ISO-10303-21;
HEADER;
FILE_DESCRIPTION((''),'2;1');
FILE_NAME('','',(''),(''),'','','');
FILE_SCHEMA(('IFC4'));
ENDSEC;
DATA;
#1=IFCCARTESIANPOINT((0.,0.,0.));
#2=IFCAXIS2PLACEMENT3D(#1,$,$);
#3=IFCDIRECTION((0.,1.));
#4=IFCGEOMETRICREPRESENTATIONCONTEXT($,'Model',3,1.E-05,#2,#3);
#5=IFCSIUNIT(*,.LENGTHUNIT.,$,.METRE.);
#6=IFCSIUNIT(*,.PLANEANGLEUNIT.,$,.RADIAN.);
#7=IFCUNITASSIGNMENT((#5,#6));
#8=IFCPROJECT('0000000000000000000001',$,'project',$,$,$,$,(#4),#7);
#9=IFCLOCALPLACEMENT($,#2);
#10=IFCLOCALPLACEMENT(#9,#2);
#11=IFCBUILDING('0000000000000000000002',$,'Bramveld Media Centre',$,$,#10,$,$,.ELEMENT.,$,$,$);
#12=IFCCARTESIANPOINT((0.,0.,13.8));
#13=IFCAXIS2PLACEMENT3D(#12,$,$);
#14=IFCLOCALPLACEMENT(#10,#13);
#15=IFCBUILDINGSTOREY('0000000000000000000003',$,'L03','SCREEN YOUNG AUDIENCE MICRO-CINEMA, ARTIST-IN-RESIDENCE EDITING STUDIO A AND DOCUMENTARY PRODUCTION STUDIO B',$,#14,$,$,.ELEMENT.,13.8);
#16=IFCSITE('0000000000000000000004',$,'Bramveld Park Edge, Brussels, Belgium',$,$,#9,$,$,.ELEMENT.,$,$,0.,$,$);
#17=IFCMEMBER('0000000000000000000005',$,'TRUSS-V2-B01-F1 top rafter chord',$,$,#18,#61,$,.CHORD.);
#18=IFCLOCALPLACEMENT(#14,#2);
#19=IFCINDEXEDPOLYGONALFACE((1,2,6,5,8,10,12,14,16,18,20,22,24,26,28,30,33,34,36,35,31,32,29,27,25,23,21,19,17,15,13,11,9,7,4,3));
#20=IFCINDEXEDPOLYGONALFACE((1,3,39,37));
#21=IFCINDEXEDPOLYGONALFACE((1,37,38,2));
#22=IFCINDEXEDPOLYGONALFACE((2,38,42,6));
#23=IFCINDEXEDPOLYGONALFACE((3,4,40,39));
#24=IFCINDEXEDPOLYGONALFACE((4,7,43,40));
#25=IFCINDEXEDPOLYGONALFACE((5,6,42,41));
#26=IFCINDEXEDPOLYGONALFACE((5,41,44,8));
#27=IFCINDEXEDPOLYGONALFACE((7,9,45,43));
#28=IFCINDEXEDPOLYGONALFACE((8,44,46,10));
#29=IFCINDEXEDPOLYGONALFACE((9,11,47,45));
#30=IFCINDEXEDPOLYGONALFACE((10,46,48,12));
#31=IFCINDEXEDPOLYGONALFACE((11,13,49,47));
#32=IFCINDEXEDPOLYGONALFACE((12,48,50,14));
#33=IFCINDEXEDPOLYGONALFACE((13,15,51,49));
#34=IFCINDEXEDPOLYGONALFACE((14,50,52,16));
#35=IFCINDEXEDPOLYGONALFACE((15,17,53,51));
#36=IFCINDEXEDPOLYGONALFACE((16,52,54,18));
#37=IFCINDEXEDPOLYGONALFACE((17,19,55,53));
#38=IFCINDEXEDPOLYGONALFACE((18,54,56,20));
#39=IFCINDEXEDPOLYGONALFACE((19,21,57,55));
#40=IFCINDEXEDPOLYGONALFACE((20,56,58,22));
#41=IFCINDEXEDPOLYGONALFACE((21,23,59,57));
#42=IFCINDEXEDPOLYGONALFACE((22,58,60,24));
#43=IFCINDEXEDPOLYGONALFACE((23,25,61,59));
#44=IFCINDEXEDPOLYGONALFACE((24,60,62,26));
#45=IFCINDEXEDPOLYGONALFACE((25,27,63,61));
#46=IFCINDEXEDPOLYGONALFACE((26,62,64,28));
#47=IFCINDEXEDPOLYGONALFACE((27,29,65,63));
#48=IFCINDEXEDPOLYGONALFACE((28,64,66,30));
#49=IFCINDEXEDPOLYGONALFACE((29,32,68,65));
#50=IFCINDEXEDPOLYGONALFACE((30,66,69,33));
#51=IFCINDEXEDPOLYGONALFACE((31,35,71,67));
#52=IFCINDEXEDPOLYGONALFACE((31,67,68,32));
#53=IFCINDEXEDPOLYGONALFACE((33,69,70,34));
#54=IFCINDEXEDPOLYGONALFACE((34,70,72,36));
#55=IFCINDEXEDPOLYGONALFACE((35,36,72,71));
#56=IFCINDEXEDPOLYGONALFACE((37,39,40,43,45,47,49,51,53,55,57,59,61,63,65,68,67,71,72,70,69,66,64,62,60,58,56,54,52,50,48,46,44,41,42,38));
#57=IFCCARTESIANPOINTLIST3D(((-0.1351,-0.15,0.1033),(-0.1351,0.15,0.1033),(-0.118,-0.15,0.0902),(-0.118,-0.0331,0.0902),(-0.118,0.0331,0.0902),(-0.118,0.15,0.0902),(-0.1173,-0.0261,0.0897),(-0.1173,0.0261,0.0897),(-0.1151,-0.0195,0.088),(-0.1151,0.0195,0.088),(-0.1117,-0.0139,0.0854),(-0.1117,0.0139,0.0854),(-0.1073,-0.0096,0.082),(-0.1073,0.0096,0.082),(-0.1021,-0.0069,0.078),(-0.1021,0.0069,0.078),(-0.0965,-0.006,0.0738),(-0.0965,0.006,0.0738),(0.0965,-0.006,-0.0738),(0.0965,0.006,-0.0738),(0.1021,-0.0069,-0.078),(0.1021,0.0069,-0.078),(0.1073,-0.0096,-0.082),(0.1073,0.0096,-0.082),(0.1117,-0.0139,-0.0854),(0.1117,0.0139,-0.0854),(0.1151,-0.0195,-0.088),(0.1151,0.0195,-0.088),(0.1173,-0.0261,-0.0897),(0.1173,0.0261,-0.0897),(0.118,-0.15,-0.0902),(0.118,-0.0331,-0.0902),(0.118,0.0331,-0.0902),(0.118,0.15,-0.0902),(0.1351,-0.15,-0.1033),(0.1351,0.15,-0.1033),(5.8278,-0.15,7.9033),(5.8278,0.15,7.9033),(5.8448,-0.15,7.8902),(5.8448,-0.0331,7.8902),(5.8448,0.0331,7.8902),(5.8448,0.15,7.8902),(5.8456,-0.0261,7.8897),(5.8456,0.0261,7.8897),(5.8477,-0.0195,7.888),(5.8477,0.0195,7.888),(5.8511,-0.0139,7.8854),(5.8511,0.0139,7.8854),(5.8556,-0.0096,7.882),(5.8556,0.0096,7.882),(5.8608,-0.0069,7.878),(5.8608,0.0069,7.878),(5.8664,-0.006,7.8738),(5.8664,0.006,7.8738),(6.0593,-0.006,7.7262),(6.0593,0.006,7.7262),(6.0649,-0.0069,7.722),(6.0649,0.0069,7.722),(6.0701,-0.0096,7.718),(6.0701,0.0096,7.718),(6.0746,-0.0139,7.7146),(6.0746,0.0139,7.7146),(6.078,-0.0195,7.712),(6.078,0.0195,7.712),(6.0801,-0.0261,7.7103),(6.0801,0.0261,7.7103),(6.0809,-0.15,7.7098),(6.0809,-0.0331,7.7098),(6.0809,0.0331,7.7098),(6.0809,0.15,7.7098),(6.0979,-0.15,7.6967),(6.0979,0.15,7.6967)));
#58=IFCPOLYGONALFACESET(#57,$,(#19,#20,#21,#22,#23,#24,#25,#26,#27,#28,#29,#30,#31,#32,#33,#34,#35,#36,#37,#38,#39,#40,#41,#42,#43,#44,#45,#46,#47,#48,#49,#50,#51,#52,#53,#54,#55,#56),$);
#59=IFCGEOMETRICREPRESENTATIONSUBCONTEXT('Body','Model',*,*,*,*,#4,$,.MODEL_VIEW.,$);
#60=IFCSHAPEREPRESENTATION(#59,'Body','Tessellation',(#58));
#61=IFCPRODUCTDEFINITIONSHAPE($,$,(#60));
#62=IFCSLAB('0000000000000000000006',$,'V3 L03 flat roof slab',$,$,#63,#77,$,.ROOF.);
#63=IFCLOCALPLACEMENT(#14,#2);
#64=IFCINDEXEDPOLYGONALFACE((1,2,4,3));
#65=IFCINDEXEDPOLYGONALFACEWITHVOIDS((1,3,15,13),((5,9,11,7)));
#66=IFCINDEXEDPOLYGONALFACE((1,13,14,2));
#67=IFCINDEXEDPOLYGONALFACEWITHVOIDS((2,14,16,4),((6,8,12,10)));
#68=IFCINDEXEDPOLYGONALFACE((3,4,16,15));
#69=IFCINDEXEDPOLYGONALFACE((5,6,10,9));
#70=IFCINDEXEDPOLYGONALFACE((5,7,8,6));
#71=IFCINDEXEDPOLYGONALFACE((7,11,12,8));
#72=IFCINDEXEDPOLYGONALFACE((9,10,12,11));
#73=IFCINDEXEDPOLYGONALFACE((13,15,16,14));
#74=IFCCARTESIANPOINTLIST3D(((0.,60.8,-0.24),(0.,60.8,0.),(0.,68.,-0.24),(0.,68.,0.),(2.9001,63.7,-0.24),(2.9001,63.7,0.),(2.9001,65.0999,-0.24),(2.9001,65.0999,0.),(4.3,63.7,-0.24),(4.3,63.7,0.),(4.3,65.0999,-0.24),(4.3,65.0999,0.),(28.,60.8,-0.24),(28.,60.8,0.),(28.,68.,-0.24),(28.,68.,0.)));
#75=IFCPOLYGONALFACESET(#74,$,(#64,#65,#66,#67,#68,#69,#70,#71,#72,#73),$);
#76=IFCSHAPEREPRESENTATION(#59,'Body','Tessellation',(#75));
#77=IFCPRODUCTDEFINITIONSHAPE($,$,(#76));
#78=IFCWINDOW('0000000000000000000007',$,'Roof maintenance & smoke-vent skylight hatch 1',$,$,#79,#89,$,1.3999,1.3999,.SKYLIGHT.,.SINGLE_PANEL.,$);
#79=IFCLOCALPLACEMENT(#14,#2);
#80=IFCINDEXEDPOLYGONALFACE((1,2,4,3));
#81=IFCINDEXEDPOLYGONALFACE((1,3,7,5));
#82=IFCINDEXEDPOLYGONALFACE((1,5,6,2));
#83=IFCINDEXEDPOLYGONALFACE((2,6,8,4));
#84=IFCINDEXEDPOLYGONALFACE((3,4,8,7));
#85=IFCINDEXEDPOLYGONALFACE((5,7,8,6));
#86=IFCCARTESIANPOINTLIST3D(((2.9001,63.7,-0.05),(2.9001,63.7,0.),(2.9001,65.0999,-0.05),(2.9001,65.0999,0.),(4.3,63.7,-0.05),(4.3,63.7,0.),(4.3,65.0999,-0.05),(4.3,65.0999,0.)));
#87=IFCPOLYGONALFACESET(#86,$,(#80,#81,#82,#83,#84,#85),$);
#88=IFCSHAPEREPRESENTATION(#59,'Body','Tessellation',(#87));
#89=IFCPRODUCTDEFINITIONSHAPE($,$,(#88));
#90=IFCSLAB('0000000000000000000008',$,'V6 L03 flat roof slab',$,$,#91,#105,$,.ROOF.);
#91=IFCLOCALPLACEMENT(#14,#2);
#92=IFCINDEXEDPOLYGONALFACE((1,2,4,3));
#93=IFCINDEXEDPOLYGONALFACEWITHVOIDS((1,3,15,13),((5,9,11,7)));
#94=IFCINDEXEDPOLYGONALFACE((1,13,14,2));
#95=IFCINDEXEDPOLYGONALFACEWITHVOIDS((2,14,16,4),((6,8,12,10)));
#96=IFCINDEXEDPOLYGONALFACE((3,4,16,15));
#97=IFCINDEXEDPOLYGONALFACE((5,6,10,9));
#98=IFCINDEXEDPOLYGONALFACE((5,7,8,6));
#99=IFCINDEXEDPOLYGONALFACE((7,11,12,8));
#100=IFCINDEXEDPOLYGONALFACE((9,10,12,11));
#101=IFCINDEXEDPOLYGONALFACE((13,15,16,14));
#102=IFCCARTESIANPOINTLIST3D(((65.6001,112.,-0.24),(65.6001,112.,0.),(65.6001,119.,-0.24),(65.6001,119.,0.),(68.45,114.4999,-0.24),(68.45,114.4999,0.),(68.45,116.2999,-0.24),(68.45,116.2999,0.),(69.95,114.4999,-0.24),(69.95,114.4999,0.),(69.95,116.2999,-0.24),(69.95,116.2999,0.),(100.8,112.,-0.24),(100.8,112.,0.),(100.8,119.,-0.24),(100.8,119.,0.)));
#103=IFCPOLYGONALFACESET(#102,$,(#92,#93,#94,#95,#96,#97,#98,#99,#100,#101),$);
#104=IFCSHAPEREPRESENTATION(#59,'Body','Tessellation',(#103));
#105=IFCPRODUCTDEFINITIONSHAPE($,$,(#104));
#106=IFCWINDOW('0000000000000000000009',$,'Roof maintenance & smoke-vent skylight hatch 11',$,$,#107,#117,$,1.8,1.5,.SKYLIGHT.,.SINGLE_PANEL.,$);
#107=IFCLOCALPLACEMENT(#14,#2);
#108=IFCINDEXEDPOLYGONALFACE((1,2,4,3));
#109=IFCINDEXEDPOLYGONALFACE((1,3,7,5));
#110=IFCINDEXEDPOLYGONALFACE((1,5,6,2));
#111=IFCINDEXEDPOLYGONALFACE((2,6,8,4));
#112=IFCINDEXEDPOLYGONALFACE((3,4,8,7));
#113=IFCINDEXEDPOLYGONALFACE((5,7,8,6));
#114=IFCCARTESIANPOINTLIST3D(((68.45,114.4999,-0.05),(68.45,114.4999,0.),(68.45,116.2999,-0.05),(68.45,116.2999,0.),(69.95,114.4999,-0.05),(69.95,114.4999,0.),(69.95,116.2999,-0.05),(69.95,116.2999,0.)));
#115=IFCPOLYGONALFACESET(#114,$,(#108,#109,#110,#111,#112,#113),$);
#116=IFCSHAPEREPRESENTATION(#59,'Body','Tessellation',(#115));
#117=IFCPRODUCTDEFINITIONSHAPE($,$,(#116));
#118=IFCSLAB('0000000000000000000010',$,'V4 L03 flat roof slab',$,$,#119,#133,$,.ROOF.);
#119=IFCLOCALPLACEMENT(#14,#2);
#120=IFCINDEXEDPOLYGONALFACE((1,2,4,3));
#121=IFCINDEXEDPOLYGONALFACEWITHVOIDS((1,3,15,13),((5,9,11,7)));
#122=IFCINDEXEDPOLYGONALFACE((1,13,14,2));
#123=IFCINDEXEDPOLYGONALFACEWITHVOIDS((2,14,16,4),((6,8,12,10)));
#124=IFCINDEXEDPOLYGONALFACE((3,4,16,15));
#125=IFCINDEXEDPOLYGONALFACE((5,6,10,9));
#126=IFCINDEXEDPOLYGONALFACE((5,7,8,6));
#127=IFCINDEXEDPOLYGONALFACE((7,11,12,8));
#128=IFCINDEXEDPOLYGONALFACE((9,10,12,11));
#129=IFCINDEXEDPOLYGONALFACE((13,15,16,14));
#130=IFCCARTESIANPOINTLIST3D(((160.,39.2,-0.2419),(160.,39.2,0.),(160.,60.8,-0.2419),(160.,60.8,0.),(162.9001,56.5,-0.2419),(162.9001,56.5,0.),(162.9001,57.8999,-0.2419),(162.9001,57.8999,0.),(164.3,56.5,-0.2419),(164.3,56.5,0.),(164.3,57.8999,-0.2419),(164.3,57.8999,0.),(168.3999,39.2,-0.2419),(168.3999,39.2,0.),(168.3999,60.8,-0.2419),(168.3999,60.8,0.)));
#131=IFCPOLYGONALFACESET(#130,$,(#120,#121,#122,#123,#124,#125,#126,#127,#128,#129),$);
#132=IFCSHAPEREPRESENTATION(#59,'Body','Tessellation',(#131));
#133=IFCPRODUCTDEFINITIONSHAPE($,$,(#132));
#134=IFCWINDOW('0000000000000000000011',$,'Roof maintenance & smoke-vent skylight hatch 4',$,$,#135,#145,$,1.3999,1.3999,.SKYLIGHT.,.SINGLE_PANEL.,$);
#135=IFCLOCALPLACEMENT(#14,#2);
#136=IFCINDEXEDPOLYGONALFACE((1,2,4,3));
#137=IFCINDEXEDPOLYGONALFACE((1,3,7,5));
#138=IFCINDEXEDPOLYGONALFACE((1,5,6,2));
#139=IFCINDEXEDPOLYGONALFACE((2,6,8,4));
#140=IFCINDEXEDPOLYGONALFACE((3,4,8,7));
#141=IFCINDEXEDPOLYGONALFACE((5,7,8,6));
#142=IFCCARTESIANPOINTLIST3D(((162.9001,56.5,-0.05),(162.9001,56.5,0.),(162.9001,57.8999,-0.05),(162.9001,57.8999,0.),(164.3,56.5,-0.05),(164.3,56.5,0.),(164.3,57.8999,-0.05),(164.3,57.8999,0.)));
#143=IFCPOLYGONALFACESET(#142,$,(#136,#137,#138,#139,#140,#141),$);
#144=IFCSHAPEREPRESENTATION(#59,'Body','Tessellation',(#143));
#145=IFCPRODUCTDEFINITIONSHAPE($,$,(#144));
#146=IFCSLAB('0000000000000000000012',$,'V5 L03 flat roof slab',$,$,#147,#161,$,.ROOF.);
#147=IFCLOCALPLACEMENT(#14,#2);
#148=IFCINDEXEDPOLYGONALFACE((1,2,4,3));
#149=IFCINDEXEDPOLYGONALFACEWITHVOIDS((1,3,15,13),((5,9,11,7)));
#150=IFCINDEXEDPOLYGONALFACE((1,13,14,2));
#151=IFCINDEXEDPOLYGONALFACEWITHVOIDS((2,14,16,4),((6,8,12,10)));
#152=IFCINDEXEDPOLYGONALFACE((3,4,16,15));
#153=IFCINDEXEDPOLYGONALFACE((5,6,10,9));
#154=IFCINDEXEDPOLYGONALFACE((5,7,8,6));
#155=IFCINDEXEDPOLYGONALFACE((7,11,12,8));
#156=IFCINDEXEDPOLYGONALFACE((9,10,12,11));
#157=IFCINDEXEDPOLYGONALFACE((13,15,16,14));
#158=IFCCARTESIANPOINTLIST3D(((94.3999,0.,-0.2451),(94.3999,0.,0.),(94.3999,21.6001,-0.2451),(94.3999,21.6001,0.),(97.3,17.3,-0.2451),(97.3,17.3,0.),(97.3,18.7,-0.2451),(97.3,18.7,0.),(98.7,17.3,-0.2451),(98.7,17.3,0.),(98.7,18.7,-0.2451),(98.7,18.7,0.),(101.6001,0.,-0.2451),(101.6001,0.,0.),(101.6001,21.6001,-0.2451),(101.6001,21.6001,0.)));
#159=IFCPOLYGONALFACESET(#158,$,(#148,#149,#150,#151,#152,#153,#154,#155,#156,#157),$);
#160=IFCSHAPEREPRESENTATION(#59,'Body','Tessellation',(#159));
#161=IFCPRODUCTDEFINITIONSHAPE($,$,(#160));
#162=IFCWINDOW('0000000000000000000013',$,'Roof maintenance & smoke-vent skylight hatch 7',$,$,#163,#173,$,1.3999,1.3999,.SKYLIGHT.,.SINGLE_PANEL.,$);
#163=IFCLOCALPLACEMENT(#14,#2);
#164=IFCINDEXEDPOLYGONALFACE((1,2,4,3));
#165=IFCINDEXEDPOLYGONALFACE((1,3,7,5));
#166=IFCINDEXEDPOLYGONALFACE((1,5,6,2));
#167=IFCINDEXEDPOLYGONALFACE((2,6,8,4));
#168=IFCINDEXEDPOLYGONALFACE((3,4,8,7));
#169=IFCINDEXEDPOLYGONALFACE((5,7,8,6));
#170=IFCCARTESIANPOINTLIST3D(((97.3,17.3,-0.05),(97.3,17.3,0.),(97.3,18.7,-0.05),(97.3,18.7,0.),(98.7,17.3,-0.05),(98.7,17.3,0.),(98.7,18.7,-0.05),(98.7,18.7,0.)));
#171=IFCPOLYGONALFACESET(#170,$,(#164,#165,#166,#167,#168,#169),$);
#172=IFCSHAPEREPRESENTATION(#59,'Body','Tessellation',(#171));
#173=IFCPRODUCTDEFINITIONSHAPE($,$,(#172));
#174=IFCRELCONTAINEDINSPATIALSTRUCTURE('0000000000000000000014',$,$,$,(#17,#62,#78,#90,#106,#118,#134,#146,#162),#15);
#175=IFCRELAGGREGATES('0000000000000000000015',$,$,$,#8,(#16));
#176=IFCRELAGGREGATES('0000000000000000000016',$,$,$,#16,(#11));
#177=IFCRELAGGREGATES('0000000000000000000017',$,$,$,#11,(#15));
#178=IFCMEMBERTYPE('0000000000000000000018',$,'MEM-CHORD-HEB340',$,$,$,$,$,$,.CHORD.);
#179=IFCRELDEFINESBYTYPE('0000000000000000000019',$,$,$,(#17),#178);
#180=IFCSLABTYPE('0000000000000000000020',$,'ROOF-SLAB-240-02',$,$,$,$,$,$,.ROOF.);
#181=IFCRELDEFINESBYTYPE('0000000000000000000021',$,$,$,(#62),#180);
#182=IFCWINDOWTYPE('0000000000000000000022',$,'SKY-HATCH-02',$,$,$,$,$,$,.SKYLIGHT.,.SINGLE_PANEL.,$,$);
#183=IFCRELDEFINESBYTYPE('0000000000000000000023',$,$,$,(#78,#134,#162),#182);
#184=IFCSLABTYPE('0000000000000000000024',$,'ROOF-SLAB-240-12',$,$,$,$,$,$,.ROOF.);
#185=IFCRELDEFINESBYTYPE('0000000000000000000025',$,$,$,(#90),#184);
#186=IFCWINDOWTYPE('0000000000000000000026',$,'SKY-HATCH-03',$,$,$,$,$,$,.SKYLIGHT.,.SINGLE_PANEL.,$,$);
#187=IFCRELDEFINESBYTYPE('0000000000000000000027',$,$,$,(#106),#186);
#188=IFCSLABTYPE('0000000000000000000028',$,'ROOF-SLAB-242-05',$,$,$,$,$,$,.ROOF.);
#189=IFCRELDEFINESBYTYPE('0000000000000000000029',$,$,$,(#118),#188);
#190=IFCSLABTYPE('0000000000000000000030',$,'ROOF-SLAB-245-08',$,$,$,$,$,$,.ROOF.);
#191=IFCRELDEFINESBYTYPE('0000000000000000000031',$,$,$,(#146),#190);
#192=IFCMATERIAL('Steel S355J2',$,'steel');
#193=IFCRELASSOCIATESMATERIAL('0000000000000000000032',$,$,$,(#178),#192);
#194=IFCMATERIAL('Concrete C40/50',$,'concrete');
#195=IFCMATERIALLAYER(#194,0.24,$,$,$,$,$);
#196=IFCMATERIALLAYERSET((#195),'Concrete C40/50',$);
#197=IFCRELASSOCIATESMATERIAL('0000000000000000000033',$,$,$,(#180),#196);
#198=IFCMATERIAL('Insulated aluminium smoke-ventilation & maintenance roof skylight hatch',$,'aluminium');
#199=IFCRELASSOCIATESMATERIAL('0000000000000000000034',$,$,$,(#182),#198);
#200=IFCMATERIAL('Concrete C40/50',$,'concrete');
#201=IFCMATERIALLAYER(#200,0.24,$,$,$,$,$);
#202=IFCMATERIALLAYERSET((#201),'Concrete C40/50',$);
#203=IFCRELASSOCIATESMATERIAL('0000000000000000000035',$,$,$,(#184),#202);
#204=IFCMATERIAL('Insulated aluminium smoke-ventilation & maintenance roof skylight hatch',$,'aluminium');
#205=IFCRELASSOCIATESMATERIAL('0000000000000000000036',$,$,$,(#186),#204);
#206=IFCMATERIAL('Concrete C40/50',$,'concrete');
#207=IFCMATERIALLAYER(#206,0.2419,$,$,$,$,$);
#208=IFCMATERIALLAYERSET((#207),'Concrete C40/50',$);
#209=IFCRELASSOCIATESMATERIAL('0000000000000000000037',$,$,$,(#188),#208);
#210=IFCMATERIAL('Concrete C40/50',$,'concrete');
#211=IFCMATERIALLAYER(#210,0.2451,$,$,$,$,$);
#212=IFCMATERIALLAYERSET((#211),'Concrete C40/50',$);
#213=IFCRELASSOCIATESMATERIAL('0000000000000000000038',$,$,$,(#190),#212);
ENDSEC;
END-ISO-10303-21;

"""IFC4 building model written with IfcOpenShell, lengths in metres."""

from ifc_helpers import new_model, si_unit, direction, frame, origin, origin_2d, place, context, subcontext, project, spatial, polyline, rectangle, i_section, outline, extrude, material, layer, layer_set, material_profile, profile_set, type_object, element, fill, save


model = new_model("IFC4")

# Units and contexts
model_context = context("Model", 3, precision=1e-05, world=origin(), true_north=direction((0.0, 1.0)))
body_context = subcontext(model_context, "Body", "Model", "MODEL_VIEW")
ifc_project = project(units=[si_unit("LENGTHUNIT", "METRE"), si_unit("PLANEANGLEUNIT", "RADIAN")], contexts=[model_context])

# Site, building, storey
site_placement = place(None, origin())
site = spatial("IfcSite", under=ifc_project, at=site_placement, Name="Bramveld Park Edge, Brussels, Belgium", CompositionType="ELEMENT", RefElevation=0.0)
building_placement = place(site_placement, origin())
building = spatial("IfcBuilding", under=site, at=building_placement, Name="Bramveld Media Centre", CompositionType="ELEMENT")
storey_placement = place(building_placement, frame((0.0, 0.0, 13.8)))
storey = spatial("IfcBuildingStorey", under=building, at=storey_placement, Name="L03", Description="SCREEN YOUNG AUDIENCE MICRO-CINEMA, ARTIST-IN-RESIDENCE EDITING STUDIO A AND DOCUMENTARY PRODUCTION STUDIO B", CompositionType="ELEMENT", Elevation=13.8)

# Member
ifc_material_1 = material(Name="Steel S355J2", Category="steel")
ifc_material_profile = material_profile(ifc_material_1, i_section(OverallWidth=0.3, OverallDepth=0.3401, WebThickness=0.012, FlangeThickness=0.0215, FilletRadius=0.0271, at=origin_2d()), Name="HEB 340")
ifc_profile_set = profile_set([ifc_material_profile], Name="Steel S355J2")
member_type = type_object("IfcMemberType", Name="MEM-CHORD-HEB340", PredefinedType="CHORD", material=ifc_profile_set)
member_placement = place(storey_placement, frame((0.0, 0.0, 0.0), z_axis=(0.607331, 0.0, 0.794449), x_axis=(0.0, 1.0, 0.0)))
element("IfcMember", 1, at=member_placement, inside=storey, type_object=member_type, Name="TRUSS-V2-B01-F1 top rafter chord", PredefinedType="CHORD", context=body_context, shape_type="SweptSolid", body=[
    extrude(i_section(OverallWidth=0.3, OverallDepth=0.3401, WebThickness=0.012, FlangeThickness=0.0215, FilletRadius=0.0271, at=origin_2d()), origin(), (0.0, 0.0, 1.0), 9.8181),
])

# Slabs, openings, windows
ifc_material_2 = material(Name="Concrete C40/50", Category="concrete")
ifc_layer_1 = layer(ifc_material_2, 0.24)
ifc_layer_set_1 = layer_set([ifc_layer_1], Name="Concrete C40/50")
slab_type_1 = type_object("IfcSlabType", Name="ROOF-SLAB-240-02", PredefinedType="ROOF", material=ifc_layer_set_1)
slab_1_placement = place(storey_placement, frame((0.0, 0.0, -0.24)))
slab_1 = element("IfcSlab", 2, at=slab_1_placement, inside=storey, type_object=slab_type_1, Name="V3 L03 flat roof slab", PredefinedType="ROOF", context=body_context, shape_type="SweptSolid", body=[
    extrude(outline(polyline([(0.0, 60.8), (28.0, 60.8), (28.0, 68.0), (0.0, 68.0), (0.0, 60.8)])), origin(), (0.0, 0.0, 1.0), 0.24),
])
opening_1_placement = place(slab_1_placement, frame((3.6001, 64.3999, 0.0)))
opening_1 = element("IfcOpeningElement", 3, at=opening_1_placement, cuts=slab_1, PredefinedType="OPENING", context=body_context, shape_type="SweptSolid", body=[
    extrude(rectangle(XDim=1.3999, YDim=1.3999, at=origin_2d()), origin(), (0.0, 0.0, 1.0), 0.24),
])
ifc_material_3 = material(Name="Insulated aluminium smoke-ventilation & maintenance roof skylight hatch", Category="aluminium")
window_type_1 = type_object("IfcWindowType", Name="SKY-HATCH-02", PartitioningType="SINGLE_PANEL", PredefinedType="SKYLIGHT", material=ifc_material_3)
window_1_placement = place(opening_1_placement, frame((0.0, 0.0, 0.1899)))
window_1 = element("IfcWindow", 4, at=window_1_placement, inside=storey, type_object=window_type_1, Name="Roof maintenance & smoke-vent skylight hatch 1", OverallHeight=1.3999, OverallWidth=1.3999, PartitioningType="SINGLE_PANEL", PredefinedType="SKYLIGHT", context=body_context, shape_type="SweptSolid", body=[
    extrude(rectangle(XDim=1.3999, YDim=1.3999, at=origin_2d()), origin(), (0.0, 0.0, 1.0), 0.05),
])
fill(opening_1, window_1)
ifc_material_4 = material(Name="Concrete C40/50", Category="concrete")
ifc_layer_2 = layer(ifc_material_4, 0.24)
ifc_layer_set_2 = layer_set([ifc_layer_2], Name="Concrete C40/50")
slab_type_2 = type_object("IfcSlabType", Name="ROOF-SLAB-240-12", PredefinedType="ROOF", material=ifc_layer_set_2)
slab_2_placement = place(storey_placement, frame((0.0, 0.0, -0.24)))
slab_2 = element("IfcSlab", 5, at=slab_2_placement, inside=storey, type_object=slab_type_2, Name="V6 L03 flat roof slab", PredefinedType="ROOF", context=body_context, shape_type="SweptSolid", body=[
    extrude(outline(polyline([(65.6001, 112.0), (100.8, 112.0), (100.8, 119.0), (65.6001, 119.0), (65.6001, 112.0)])), origin(), (0.0, 0.0, 1.0), 0.24),
])
opening_2_placement = place(slab_2_placement, frame((69.2, 115.3999, 0.0)))
opening_2 = element("IfcOpeningElement", 6, at=opening_2_placement, cuts=slab_2, PredefinedType="OPENING", context=body_context, shape_type="SweptSolid", body=[
    extrude(rectangle(XDim=1.5, YDim=1.8, at=origin_2d()), origin(), (0.0, 0.0, 1.0), 0.24),
])
ifc_material_5 = material(Name="Insulated aluminium smoke-ventilation & maintenance roof skylight hatch", Category="aluminium")
window_type_2 = type_object("IfcWindowType", Name="SKY-HATCH-03", PartitioningType="SINGLE_PANEL", PredefinedType="SKYLIGHT", material=ifc_material_5)
window_2_placement = place(opening_2_placement, frame((0.0, 0.0, 0.1899)))
window_2 = element("IfcWindow", 7, at=window_2_placement, inside=storey, type_object=window_type_2, Name="Roof maintenance & smoke-vent skylight hatch 11", OverallHeight=1.8, OverallWidth=1.5, PartitioningType="SINGLE_PANEL", PredefinedType="SKYLIGHT", context=body_context, shape_type="SweptSolid", body=[
    extrude(rectangle(XDim=1.5, YDim=1.8, at=origin_2d()), origin(), (0.0, 0.0, 1.0), 0.05),
])
fill(opening_2, window_2)
ifc_material_6 = material(Name="Concrete C40/50", Category="concrete")
ifc_layer_3 = layer(ifc_material_6, 0.2419)
ifc_layer_set_3 = layer_set([ifc_layer_3], Name="Concrete C40/50")
slab_type_3 = type_object("IfcSlabType", Name="ROOF-SLAB-242-05", PredefinedType="ROOF", material=ifc_layer_set_3)
slab_3_placement = place(storey_placement, frame((0.0, 0.0, -0.2419)))
slab_3 = element("IfcSlab", 8, at=slab_3_placement, inside=storey, type_object=slab_type_3, Name="V4 L03 flat roof slab", PredefinedType="ROOF", context=body_context, shape_type="SweptSolid", body=[
    extrude(outline(polyline([(160.0, 39.2), (168.3999, 39.2), (168.3999, 60.8), (160.0, 60.8), (160.0, 39.2)])), origin(), (0.0, 0.0, 1.0), 0.2419),
])
opening_3_placement = place(slab_3_placement, frame((163.6001, 57.2, 0.0)))
opening_3 = element("IfcOpeningElement", 9, at=opening_3_placement, cuts=slab_3, PredefinedType="OPENING", context=body_context, shape_type="SweptSolid", body=[
    extrude(rectangle(XDim=1.3999, YDim=1.3999, at=origin_2d()), origin(), (0.0, 0.0, 1.0), 0.2419),
])
window_3_placement = place(opening_3_placement, frame((0.0, 0.0, 0.1919)))
window_3 = element("IfcWindow", 10, at=window_3_placement, inside=storey, type_object=window_type_1, Name="Roof maintenance & smoke-vent skylight hatch 4", OverallHeight=1.3999, OverallWidth=1.3999, PartitioningType="SINGLE_PANEL", PredefinedType="SKYLIGHT", context=body_context, shape_type="SweptSolid", body=[
    extrude(rectangle(XDim=1.3999, YDim=1.3999, at=origin_2d()), origin(), (0.0, 0.0, 1.0), 0.05),
])
fill(opening_3, window_3)
ifc_material_7 = material(Name="Concrete C40/50", Category="concrete")
ifc_layer_4 = layer(ifc_material_7, 0.2451)
ifc_layer_set_4 = layer_set([ifc_layer_4], Name="Concrete C40/50")
slab_type_4 = type_object("IfcSlabType", Name="ROOF-SLAB-245-08", PredefinedType="ROOF", material=ifc_layer_set_4)
slab_4_placement = place(storey_placement, frame((0.0, 0.0, -0.2451)))
slab_4 = element("IfcSlab", 11, at=slab_4_placement, inside=storey, type_object=slab_type_4, Name="V5 L03 flat roof slab", PredefinedType="ROOF", context=body_context, shape_type="SweptSolid", body=[
    extrude(outline(polyline([(94.3999, 0.0), (101.6001, 0.0), (101.6001, 21.6001), (94.3999, 21.6001), (94.3999, 0.0)])), origin(), (0.0, 0.0, 1.0), 0.2451),
])
opening_4_placement = place(slab_4_placement, frame((98.0, 18.0, 0.0)))
opening_4 = element("IfcOpeningElement", 12, at=opening_4_placement, cuts=slab_4, PredefinedType="OPENING", context=body_context, shape_type="SweptSolid", body=[
    extrude(rectangle(XDim=1.3999, YDim=1.3999, at=origin_2d()), origin(), (0.0, 0.0, 1.0), 0.2451),
])
window_4_placement = place(opening_4_placement, frame((0.0, 0.0, 0.1951)))
window_4 = element("IfcWindow", 13, at=window_4_placement, inside=storey, type_object=window_type_1, Name="Roof maintenance & smoke-vent skylight hatch 7", OverallHeight=1.3999, OverallWidth=1.3999, PartitioningType="SINGLE_PANEL", PredefinedType="SKYLIGHT", context=body_context, shape_type="SweptSolid", body=[
    extrude(rectangle(XDim=1.3999, YDim=1.3999, at=origin_2d()), origin(), (0.0, 0.0, 1.0), 0.05),
])
fill(opening_4, window_4)

save(model, "model.ifc")
